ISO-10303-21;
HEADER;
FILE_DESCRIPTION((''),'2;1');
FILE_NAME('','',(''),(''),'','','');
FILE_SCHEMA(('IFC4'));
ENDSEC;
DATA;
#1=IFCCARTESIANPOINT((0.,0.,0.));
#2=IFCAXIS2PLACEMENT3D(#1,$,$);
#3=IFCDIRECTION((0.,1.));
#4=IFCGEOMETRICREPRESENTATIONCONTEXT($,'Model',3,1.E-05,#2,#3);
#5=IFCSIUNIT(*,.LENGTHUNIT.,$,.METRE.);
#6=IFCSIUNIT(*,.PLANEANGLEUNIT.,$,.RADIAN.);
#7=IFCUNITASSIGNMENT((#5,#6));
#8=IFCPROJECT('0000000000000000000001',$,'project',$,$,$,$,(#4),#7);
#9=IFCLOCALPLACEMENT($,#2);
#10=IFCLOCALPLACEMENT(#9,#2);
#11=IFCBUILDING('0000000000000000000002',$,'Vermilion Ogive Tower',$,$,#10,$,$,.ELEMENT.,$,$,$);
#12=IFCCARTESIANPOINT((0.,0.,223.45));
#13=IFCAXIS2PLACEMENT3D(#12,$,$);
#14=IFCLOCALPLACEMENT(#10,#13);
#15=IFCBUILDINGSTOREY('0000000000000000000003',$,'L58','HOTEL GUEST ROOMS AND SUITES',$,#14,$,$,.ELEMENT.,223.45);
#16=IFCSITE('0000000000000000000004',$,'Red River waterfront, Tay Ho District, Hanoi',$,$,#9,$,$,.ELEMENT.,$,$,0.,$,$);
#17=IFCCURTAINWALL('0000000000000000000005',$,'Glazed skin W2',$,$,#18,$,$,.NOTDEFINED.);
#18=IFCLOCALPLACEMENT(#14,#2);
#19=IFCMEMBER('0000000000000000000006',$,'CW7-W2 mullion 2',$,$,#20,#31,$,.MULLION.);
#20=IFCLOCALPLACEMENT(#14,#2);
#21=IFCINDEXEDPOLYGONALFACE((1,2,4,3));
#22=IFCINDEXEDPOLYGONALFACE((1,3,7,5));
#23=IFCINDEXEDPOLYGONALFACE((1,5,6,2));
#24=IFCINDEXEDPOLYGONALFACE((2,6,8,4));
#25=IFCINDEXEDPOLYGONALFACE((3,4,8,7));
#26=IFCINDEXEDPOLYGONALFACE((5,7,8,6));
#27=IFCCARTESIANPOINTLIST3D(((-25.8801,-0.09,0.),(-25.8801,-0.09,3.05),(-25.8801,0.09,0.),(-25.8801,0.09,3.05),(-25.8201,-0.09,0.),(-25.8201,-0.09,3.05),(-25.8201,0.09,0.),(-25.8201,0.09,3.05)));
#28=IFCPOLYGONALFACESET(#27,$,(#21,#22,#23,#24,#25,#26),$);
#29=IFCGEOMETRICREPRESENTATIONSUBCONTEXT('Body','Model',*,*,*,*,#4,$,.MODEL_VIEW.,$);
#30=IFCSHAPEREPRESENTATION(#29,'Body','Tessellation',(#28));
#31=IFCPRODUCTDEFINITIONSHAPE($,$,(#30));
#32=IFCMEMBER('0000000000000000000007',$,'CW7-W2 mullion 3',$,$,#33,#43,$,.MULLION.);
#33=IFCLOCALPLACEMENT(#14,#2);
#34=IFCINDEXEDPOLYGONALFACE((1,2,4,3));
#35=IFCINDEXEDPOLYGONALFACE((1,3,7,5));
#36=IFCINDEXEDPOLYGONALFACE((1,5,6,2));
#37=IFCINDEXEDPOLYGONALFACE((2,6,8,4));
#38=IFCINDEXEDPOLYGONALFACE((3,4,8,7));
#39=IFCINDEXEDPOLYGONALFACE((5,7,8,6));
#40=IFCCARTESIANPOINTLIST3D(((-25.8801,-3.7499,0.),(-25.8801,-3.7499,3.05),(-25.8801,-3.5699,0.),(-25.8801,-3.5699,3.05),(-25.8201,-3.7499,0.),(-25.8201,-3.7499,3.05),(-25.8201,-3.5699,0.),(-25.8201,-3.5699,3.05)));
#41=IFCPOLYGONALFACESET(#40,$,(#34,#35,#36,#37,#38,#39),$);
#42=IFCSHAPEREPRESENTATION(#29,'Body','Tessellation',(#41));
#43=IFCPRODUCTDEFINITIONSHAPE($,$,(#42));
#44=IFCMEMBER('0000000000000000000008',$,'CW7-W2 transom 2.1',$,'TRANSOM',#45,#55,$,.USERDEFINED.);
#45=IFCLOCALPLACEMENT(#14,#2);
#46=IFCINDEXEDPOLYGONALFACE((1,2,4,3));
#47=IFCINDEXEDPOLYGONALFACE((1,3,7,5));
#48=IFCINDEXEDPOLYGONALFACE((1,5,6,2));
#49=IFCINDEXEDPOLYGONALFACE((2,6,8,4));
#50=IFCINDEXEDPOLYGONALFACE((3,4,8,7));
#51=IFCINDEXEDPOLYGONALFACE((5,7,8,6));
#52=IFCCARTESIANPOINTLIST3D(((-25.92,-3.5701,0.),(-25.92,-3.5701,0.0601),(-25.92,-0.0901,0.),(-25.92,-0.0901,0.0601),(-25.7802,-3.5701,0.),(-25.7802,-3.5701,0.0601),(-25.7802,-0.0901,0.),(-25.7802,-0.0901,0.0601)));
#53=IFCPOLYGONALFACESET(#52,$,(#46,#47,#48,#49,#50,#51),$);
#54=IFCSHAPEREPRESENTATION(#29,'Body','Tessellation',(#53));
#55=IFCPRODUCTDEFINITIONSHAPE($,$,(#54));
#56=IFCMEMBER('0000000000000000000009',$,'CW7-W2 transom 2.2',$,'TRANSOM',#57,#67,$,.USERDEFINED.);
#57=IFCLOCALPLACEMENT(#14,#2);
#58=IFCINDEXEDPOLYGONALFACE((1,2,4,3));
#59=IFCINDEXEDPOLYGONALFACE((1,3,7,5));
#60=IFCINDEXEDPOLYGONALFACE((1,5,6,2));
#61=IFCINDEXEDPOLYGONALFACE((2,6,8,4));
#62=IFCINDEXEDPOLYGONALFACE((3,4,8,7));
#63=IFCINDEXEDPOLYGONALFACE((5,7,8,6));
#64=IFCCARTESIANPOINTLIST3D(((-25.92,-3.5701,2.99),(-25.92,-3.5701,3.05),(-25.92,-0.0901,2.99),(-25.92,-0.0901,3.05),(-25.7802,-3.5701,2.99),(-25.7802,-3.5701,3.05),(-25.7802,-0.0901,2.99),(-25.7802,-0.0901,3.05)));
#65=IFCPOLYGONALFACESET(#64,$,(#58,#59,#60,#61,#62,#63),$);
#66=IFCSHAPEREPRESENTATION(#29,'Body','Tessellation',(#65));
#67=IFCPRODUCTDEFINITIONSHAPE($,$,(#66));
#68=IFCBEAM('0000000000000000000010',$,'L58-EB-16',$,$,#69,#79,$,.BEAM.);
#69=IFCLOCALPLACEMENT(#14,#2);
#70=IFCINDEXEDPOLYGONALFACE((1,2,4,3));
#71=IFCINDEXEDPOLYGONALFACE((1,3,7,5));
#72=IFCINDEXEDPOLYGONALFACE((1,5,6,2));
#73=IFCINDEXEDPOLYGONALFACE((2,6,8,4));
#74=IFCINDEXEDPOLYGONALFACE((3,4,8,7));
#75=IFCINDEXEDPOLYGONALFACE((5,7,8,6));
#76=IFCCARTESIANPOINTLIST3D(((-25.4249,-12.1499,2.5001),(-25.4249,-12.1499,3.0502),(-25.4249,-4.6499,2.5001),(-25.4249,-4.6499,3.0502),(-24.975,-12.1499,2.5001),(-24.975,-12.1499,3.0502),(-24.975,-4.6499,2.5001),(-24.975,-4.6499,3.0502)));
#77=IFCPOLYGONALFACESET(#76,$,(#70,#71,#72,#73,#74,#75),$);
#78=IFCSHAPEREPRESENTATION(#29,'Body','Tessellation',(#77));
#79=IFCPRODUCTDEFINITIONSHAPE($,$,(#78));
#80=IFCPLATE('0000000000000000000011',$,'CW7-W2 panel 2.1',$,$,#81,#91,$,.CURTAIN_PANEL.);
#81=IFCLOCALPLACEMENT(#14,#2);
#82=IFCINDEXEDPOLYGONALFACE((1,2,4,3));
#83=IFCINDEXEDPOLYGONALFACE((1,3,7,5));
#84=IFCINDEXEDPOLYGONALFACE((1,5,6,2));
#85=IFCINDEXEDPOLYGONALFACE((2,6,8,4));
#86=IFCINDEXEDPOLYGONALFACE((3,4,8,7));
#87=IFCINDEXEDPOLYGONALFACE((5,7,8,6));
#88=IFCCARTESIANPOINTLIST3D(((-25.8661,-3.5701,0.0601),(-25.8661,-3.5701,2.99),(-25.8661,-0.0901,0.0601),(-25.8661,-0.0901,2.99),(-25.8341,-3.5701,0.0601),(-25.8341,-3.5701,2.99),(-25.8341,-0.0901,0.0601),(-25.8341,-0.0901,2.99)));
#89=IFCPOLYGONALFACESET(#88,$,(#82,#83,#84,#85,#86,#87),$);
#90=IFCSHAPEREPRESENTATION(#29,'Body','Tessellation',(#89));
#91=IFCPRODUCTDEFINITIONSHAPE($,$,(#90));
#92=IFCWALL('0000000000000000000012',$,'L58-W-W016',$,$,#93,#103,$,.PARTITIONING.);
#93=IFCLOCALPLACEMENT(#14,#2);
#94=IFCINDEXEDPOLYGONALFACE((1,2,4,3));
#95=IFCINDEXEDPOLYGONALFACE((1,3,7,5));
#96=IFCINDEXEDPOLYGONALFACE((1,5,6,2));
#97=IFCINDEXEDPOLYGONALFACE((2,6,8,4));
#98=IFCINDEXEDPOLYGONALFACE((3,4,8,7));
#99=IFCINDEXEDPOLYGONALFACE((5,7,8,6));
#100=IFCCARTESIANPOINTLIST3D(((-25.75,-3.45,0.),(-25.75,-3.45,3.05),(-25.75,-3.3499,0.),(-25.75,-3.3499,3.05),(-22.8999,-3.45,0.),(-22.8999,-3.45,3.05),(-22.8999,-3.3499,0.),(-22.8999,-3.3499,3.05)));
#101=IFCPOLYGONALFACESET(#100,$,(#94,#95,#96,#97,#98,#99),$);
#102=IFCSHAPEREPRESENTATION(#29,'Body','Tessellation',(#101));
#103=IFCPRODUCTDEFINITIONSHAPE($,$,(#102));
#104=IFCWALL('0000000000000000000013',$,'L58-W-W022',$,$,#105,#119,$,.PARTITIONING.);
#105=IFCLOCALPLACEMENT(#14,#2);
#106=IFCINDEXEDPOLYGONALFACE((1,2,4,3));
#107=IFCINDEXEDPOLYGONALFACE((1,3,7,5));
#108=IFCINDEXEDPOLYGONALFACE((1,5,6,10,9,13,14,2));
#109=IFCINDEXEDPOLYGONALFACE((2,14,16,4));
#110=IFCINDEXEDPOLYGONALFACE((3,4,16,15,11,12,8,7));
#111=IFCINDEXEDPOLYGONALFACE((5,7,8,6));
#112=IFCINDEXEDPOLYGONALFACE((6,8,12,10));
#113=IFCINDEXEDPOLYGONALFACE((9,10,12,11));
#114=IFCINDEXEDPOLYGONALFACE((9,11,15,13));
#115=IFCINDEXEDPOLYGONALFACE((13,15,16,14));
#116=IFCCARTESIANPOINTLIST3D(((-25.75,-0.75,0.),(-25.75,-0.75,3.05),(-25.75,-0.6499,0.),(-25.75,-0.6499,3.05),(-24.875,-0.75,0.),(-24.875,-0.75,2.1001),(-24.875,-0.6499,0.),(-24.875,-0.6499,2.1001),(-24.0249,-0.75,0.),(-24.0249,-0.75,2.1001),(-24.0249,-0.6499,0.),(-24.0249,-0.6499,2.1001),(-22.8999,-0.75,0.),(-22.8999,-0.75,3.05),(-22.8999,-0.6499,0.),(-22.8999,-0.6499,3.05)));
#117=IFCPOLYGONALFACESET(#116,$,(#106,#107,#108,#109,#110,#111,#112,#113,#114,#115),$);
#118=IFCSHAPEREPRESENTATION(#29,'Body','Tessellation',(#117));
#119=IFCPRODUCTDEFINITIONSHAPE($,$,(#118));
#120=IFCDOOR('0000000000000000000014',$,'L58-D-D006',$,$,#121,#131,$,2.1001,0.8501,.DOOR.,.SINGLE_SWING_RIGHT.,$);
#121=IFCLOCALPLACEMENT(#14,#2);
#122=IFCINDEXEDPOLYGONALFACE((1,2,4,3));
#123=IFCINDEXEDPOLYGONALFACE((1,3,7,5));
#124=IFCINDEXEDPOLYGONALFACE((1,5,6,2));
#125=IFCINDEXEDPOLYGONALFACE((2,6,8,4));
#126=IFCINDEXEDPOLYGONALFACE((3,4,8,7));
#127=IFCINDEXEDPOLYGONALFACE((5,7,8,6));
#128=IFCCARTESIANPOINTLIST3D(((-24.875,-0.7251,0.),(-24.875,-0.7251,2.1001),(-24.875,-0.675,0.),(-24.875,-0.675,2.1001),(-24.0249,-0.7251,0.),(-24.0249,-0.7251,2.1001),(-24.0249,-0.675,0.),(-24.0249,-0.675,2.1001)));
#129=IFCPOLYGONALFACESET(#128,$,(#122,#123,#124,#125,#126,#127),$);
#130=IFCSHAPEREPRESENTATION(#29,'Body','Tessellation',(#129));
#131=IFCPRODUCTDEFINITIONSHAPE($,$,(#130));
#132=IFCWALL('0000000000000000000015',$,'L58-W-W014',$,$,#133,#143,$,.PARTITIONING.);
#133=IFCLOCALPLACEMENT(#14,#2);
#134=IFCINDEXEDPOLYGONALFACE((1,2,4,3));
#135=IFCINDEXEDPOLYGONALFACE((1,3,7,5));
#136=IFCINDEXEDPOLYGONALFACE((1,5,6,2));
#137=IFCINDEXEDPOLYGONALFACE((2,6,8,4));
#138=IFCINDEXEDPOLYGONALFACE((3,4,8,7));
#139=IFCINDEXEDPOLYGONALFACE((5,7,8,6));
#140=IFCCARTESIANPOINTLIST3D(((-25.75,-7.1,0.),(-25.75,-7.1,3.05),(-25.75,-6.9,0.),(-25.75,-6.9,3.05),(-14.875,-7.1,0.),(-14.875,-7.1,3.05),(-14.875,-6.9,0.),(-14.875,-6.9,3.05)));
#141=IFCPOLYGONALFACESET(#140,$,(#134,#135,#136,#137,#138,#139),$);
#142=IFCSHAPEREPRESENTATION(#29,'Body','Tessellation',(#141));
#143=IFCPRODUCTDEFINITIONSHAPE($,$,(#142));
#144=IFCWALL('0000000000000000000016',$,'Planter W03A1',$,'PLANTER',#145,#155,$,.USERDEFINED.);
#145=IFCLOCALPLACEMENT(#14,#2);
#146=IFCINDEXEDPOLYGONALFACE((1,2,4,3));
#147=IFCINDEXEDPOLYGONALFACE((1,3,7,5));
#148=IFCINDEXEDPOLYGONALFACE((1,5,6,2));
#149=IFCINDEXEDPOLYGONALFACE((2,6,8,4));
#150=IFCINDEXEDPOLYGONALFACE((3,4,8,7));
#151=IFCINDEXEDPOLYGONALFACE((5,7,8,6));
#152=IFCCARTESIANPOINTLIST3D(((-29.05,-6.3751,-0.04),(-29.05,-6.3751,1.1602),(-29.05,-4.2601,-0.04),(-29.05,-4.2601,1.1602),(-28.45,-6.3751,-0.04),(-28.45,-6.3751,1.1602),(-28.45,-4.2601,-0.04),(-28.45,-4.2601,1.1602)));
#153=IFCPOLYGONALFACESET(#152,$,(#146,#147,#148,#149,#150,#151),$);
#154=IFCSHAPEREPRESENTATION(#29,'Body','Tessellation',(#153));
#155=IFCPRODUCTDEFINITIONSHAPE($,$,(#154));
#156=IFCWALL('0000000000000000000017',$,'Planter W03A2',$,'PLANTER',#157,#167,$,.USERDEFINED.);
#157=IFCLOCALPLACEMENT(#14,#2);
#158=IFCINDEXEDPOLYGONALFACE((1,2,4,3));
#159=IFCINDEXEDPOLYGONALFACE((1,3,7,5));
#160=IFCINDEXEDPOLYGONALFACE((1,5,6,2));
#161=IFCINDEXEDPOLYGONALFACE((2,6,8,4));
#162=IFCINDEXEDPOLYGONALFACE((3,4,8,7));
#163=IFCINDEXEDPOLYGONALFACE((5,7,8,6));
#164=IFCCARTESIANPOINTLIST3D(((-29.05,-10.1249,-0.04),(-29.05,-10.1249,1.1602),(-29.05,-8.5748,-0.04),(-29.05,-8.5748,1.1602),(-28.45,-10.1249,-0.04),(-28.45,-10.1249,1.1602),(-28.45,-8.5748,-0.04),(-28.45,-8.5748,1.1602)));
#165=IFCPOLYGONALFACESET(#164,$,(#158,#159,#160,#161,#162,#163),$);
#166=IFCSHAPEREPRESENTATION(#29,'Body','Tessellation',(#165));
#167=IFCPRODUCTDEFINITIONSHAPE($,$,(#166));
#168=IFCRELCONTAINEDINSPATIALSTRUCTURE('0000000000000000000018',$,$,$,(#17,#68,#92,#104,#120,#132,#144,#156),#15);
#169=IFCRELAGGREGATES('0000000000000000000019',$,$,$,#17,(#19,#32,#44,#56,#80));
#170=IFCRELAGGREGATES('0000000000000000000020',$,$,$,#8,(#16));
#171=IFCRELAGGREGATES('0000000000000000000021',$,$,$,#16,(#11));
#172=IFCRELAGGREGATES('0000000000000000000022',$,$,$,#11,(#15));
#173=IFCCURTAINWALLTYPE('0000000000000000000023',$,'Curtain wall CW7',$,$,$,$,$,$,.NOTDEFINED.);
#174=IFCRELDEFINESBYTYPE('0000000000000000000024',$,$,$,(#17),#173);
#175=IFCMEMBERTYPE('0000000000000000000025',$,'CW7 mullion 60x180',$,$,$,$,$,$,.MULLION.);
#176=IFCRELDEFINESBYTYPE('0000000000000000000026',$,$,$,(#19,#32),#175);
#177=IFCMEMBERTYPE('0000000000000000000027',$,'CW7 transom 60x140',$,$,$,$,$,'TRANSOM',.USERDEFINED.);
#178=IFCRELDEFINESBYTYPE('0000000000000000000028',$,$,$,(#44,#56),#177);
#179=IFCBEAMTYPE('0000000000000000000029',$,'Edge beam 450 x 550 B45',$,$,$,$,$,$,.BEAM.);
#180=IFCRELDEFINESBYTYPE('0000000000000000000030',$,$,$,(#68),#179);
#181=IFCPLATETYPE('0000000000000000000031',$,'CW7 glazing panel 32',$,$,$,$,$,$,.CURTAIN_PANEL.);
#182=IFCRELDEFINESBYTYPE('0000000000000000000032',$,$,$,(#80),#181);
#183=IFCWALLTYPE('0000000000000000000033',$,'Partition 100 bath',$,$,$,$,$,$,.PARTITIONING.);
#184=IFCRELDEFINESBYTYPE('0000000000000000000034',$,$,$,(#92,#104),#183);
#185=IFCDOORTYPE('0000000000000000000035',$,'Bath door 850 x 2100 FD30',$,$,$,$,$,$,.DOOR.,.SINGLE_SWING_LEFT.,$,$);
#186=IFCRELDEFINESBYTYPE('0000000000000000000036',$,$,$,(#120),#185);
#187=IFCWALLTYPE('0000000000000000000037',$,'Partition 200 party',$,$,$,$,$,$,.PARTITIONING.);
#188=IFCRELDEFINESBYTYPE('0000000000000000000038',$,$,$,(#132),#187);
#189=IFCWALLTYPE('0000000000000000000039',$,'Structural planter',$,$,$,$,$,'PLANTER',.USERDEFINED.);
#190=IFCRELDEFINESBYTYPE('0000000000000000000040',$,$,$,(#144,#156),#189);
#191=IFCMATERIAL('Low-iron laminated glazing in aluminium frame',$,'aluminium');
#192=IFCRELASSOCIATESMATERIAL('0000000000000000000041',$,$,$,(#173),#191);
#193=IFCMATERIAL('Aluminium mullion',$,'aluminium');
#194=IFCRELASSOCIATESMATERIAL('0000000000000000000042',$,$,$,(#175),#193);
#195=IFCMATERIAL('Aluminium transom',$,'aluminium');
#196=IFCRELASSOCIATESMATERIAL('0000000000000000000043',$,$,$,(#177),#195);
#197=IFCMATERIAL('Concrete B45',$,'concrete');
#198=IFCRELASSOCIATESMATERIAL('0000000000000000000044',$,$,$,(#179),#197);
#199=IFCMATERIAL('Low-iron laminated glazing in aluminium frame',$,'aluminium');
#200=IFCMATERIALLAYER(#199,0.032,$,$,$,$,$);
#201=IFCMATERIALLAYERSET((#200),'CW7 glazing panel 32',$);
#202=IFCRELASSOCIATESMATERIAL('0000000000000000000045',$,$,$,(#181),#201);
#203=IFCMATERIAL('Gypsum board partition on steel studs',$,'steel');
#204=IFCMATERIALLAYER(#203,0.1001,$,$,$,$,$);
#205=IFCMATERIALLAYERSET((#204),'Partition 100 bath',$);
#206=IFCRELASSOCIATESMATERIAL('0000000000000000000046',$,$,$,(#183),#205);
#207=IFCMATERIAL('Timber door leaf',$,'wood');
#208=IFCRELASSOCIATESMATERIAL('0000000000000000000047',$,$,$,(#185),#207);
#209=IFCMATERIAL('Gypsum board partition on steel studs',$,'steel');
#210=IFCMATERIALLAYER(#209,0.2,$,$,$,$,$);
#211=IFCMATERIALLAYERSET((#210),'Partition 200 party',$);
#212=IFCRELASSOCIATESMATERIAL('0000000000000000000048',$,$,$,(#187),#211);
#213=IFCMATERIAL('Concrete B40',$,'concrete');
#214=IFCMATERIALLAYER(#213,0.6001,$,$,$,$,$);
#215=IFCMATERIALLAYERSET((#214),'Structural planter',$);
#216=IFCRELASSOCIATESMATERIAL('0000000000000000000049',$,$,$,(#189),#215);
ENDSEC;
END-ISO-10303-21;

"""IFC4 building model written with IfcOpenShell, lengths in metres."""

from ifc_helpers import new_model, si_unit, direction, frame, frame_2d, origin, origin_2d, place, context, subcontext, project, spatial, rectangle, extrude, material, layer, layer_set, material_profile, profile_set, type_object, element, fill, aggregate, save


model = new_model("IFC4")

# Units and contexts
model_context = context("Model", 3, precision=1e-05, world=origin(), true_north=direction((0.0, 1.0)))
body_context = subcontext(model_context, "Body", "Model", "MODEL_VIEW")
ifc_project = project(units=[si_unit("LENGTHUNIT", "METRE"), si_unit("PLANEANGLEUNIT", "RADIAN")], contexts=[model_context])

# Site, building, storey
site_placement = place(None, origin())
site = spatial("IfcSite", under=ifc_project, at=site_placement, Name="Red River waterfront, Tay Ho District, Hanoi", CompositionType="ELEMENT", RefElevation=0.0)
building_placement = place(site_placement, origin())
building = spatial("IfcBuilding", under=site, at=building_placement, Name="Vermilion Ogive Tower", CompositionType="ELEMENT")
storey_placement = place(building_placement, frame((0.0, 0.0, 223.45)))
storey = spatial("IfcBuildingStorey", under=building, at=storey_placement, Name="L58", Description="HOTEL GUEST ROOMS AND SUITES", CompositionType="ELEMENT", Elevation=223.45)

# Curtain wall, members
ifc_material_1 = material(Name="Low-iron laminated glazing in aluminium frame", Category="aluminium")
curtain_wall_type = type_object("IfcCurtainWallType", Name="Curtain wall CW7", PredefinedType="NOTDEFINED", material=ifc_material_1)
curtain_wall_placement = place(storey_placement, origin())
curtain_wall = element("IfcCurtainWall", 1, at=curtain_wall_placement, inside=storey, type_object=curtain_wall_type, Name="Glazed skin W2", PredefinedType="NOTDEFINED")
ifc_material_2 = material(Name="Aluminium mullion", Category="aluminium")
ifc_material_profile_1 = material_profile(ifc_material_2, rectangle(XDim=0.0601, YDim=0.1799, at=origin_2d()), Name="AL 60x180")
ifc_profile_set_1 = profile_set([ifc_material_profile_1], Name="Aluminium mullion")
member_type_1 = type_object("IfcMemberType", Name="CW7 mullion 60x180", PredefinedType="MULLION", material=ifc_profile_set_1)
member_1_placement = place(storey_placement, frame((-25.8501, 0.0, 0.0), z_axis=(0.0, 0.0, 1.0), x_axis=(1.0, 0.0, 0.0)))
member_1 = element("IfcMember", 2, at=member_1_placement, type_object=member_type_1, Name="CW7-W2 mullion 2", PredefinedType="MULLION", context=body_context, shape_type="SweptSolid", body=[
    extrude(rectangle(XDim=0.0601, YDim=0.1799, at=origin_2d()), origin(), (0.0, 0.0, 1.0), 3.05),
])
member_2_placement = place(storey_placement, frame((-25.8501, -3.6599, 0.0), z_axis=(0.0, 0.0, 1.0), x_axis=(1.0, 0.0, 0.0)))
member_2 = element("IfcMember", 3, at=member_2_placement, type_object=member_type_1, Name="CW7-W2 mullion 3", PredefinedType="MULLION", context=body_context, shape_type="SweptSolid", body=[
    extrude(rectangle(XDim=0.0601, YDim=0.1799, at=origin_2d()), origin(), (0.0, 0.0, 1.0), 3.05),
])
ifc_material_3 = material(Name="Aluminium transom", Category="aluminium")
ifc_material_profile_2 = material_profile(ifc_material_3, rectangle(XDim=0.1399, YDim=0.0601, at=origin_2d()), Name="AL 60x140")
ifc_profile_set_2 = profile_set([ifc_material_profile_2], Name="Aluminium transom")
member_type_2 = type_object("IfcMemberType", Name="CW7 transom 60x140", ElementType="TRANSOM", PredefinedType="USERDEFINED", material=ifc_profile_set_2)
member_3_placement = place(storey_placement, frame((-25.8501, -0.0901, 0.03), z_axis=(0.0, -1.0, 0.0), x_axis=(1.0, 0.0, 0.0)))
member_3 = element("IfcMember", 4, at=member_3_placement, type_object=member_type_2, Name="CW7-W2 transom 2.1", ObjectType="TRANSOM", PredefinedType="USERDEFINED", context=body_context, shape_type="SweptSolid", body=[
    extrude(rectangle(XDim=0.1399, YDim=0.0601, at=origin_2d()), origin(), (0.0, 0.0, 1.0), 3.48),
])
member_4_placement = place(storey_placement, frame((-25.8501, -0.0901, 3.02), z_axis=(0.0, -1.0, 0.0), x_axis=(1.0, 0.0, 0.0)))
member_4 = element("IfcMember", 5, at=member_4_placement, type_object=member_type_2, Name="CW7-W2 transom 2.2", ObjectType="TRANSOM", PredefinedType="USERDEFINED", context=body_context, shape_type="SweptSolid", body=[
    extrude(rectangle(XDim=0.1399, YDim=0.0601, at=origin_2d()), origin(), (0.0, 0.0, 1.0), 3.48),
])

# Beam
ifc_material_4 = material(Name="Concrete B45", Category="concrete")
ifc_material_profile_3 = material_profile(ifc_material_4, rectangle(XDim=0.45, YDim=0.55, at=origin_2d()), Name="450 x 550")
ifc_profile_set_3 = profile_set([ifc_material_profile_3], Name="Concrete B45")
beam_type = type_object("IfcBeamType", Name="Edge beam 450 x 550 B45", PredefinedType="BEAM", material=ifc_profile_set_3)
beam_placement = place(storey_placement, frame((-25.2, -4.6499, 2.7751), z_axis=(0.0, -1.0, 0.0), x_axis=(1.0, 0.0, 0.0)))
element("IfcBeam", 6, at=beam_placement, inside=storey, type_object=beam_type, Name="L58-EB-16", PredefinedType="BEAM", context=body_context, shape_type="SweptSolid", body=[
    extrude(rectangle(XDim=0.45, YDim=0.55, at=origin_2d()), origin(), (0.0, 0.0, 1.0), 7.5),
])

# Plate
ifc_material_5 = material(Name="Low-iron laminated glazing in aluminium frame", Category="aluminium")
ifc_layer_1 = layer(ifc_material_5, 0.032)
ifc_layer_set_1 = layer_set([ifc_layer_1], Name="CW7 glazing panel 32")
plate_type = type_object("IfcPlateType", Name="CW7 glazing panel 32", PredefinedType="CURTAIN_PANEL", material=ifc_layer_set_1)
plate_placement = place(storey_placement, frame((-25.8501, -1.8301, 0.0601), z_axis=(0.0, 0.0, 1.0), x_axis=(0.0, -1.0, 0.0)))
plate = element("IfcPlate", 7, at=plate_placement, type_object=plate_type, Name="CW7-W2 panel 2.1", PredefinedType="CURTAIN_PANEL", context=body_context, shape_type="SweptSolid", body=[
    extrude(rectangle(XDim=3.48, YDim=0.032, at=origin_2d()), origin(), (0.0, 0.0, 1.0), 2.9299),
])
aggregate(curtain_wall, [member_1, member_2, member_3, member_4, plate])

# Wall
ifc_material_6 = material(Name="Gypsum board partition on steel studs", Category="steel")
ifc_layer_2 = layer(ifc_material_6, 0.1001)
ifc_layer_set_2 = layer_set([ifc_layer_2], Name="Partition 100 bath")
wall_type_1 = type_object("IfcWallType", Name="Partition 100 bath", PredefinedType="PARTITIONING", material=ifc_layer_set_2)
wall_1_placement = place(storey_placement, frame((-25.75, -3.3999, 0.0), z_axis=(0.0, 0.0, 1.0), x_axis=(1.0, 0.0, 0.0)))
element("IfcWall", 8, at=wall_1_placement, inside=storey, type_object=wall_type_1, Name="L58-W-W016", PredefinedType="PARTITIONING", context=body_context, shape_type="SweptSolid", body=[
    extrude(rectangle(XDim=2.8501, YDim=0.1001, at=frame_2d((1.425, 0.0))), origin(), (0.0, 0.0, 1.0), 3.05),
])

# Wall, opening, door
wall_2_placement = place(storey_placement, frame((-25.75, -0.7, 0.0), z_axis=(0.0, 0.0, 1.0), x_axis=(1.0, 0.0, 0.0)))
wall_2 = element("IfcWall", 9, at=wall_2_placement, inside=storey, type_object=wall_type_1, Name="L58-W-W022", PredefinedType="PARTITIONING", context=body_context, shape_type="SweptSolid", body=[
    extrude(rectangle(XDim=2.8501, YDim=0.1001, at=frame_2d((1.425, 0.0))), origin(), (0.0, 0.0, 1.0), 3.05),
])
opening_1_placement = place(wall_2_placement, frame((0.875, 0.0, 0.0)))
opening_1 = element("IfcOpeningElement", 10, at=opening_1_placement, cuts=wall_2, PredefinedType="OPENING", context=body_context, shape_type="SweptSolid", body=[
    extrude(rectangle(XDim=0.8501, YDim=2.1001, at=frame_2d((0.425, 1.05))), frame((0.0, 0.0601, 0.0), z_axis=(0.0, -1.0, 0.0), x_axis=(1.0, 0.0, 0.0)), (0.0, 0.0, 1.0), 0.1201),
])
ifc_material_7 = material(Name="Timber door leaf", Category="wood")
door_type_1 = type_object("IfcDoorType", Name="Bath door 850 x 2100 FD30", OperationType="SINGLE_SWING_LEFT", PredefinedType="DOOR", material=ifc_material_7)
door_1_placement = place(opening_1_placement, origin())
door_1 = element("IfcDoor", 11, at=door_1_placement, inside=storey, type_object=door_type_1, Name="L58-D-D006", OperationType="SINGLE_SWING_RIGHT", OverallHeight=2.1001, OverallWidth=0.8501, PredefinedType="DOOR", context=body_context, shape_type="SweptSolid", body=[
    extrude(rectangle(XDim=0.8501, YDim=2.1001, at=frame_2d((0.425, 1.05))), frame((0.0, 0.0249, 0.0), z_axis=(0.0, -1.0, 0.0), x_axis=(1.0, 0.0, 0.0)), (0.0, 0.0, 1.0), 0.05),
])
fill(opening_1, door_1)

# Walls
ifc_material_8 = material(Name="Gypsum board partition on steel studs", Category="steel")
ifc_layer_3 = layer(ifc_material_8, 0.2)
ifc_layer_set_3 = layer_set([ifc_layer_3], Name="Partition 200 party")
wall_type_2 = type_object("IfcWallType", Name="Partition 200 party", PredefinedType="PARTITIONING", material=ifc_layer_set_3)
wall_3_placement = place(storey_placement, frame((-25.75, -7.0, 0.0), z_axis=(0.0, 0.0, 1.0), x_axis=(1.0, 0.0, 0.0)))
element("IfcWall", 12, at=wall_3_placement, inside=storey, type_object=wall_type_2, Name="L58-W-W014", PredefinedType="PARTITIONING", context=body_context, shape_type="SweptSolid", body=[
    extrude(rectangle(XDim=10.875, YDim=0.2, at=frame_2d((5.4375, 0.0))), origin(), (0.0, 0.0, 1.0), 3.05),
])
ifc_material_9 = material(Name="Concrete B40", Category="concrete")
ifc_layer_4 = layer(ifc_material_9, 0.6001)
ifc_layer_set_4 = layer_set([ifc_layer_4], Name="Structural planter")
wall_type_3 = type_object("IfcWallType", Name="Structural planter", ElementType="PLANTER", PredefinedType="USERDEFINED", material=ifc_layer_set_4)
wall_4_placement = place(storey_placement, frame((-28.75, -4.26, -0.04), z_axis=(0.0, 0.0, 1.0), x_axis=(0.0, -1.0, 0.0)))
element("IfcWall", 13, at=wall_4_placement, inside=storey, type_object=wall_type_3, Name="Planter W03A1", ObjectType="PLANTER", PredefinedType="USERDEFINED", context=body_context, shape_type="SweptSolid", body=[
    extrude(rectangle(XDim=2.115, YDim=0.6001, at=frame_2d((1.0576, 0.0))), origin(), (0.0, 0.0, 1.0), 1.2002),
])
wall_5_placement = place(storey_placement, frame((-28.75, -8.575, -0.04), z_axis=(0.0, 0.0, 1.0), x_axis=(0.0, -1.0, 0.0)))
element("IfcWall", 14, at=wall_5_placement, inside=storey, type_object=wall_type_3, Name="Planter W03A2", ObjectType="PLANTER", PredefinedType="USERDEFINED", context=body_context, shape_type="SweptSolid", body=[
    extrude(rectangle(XDim=1.55, YDim=0.6001, at=frame_2d((0.7749, 0.0))), origin(), (0.0, 0.0, 1.0), 1.2002),
])

save(model, "model.ifc")
